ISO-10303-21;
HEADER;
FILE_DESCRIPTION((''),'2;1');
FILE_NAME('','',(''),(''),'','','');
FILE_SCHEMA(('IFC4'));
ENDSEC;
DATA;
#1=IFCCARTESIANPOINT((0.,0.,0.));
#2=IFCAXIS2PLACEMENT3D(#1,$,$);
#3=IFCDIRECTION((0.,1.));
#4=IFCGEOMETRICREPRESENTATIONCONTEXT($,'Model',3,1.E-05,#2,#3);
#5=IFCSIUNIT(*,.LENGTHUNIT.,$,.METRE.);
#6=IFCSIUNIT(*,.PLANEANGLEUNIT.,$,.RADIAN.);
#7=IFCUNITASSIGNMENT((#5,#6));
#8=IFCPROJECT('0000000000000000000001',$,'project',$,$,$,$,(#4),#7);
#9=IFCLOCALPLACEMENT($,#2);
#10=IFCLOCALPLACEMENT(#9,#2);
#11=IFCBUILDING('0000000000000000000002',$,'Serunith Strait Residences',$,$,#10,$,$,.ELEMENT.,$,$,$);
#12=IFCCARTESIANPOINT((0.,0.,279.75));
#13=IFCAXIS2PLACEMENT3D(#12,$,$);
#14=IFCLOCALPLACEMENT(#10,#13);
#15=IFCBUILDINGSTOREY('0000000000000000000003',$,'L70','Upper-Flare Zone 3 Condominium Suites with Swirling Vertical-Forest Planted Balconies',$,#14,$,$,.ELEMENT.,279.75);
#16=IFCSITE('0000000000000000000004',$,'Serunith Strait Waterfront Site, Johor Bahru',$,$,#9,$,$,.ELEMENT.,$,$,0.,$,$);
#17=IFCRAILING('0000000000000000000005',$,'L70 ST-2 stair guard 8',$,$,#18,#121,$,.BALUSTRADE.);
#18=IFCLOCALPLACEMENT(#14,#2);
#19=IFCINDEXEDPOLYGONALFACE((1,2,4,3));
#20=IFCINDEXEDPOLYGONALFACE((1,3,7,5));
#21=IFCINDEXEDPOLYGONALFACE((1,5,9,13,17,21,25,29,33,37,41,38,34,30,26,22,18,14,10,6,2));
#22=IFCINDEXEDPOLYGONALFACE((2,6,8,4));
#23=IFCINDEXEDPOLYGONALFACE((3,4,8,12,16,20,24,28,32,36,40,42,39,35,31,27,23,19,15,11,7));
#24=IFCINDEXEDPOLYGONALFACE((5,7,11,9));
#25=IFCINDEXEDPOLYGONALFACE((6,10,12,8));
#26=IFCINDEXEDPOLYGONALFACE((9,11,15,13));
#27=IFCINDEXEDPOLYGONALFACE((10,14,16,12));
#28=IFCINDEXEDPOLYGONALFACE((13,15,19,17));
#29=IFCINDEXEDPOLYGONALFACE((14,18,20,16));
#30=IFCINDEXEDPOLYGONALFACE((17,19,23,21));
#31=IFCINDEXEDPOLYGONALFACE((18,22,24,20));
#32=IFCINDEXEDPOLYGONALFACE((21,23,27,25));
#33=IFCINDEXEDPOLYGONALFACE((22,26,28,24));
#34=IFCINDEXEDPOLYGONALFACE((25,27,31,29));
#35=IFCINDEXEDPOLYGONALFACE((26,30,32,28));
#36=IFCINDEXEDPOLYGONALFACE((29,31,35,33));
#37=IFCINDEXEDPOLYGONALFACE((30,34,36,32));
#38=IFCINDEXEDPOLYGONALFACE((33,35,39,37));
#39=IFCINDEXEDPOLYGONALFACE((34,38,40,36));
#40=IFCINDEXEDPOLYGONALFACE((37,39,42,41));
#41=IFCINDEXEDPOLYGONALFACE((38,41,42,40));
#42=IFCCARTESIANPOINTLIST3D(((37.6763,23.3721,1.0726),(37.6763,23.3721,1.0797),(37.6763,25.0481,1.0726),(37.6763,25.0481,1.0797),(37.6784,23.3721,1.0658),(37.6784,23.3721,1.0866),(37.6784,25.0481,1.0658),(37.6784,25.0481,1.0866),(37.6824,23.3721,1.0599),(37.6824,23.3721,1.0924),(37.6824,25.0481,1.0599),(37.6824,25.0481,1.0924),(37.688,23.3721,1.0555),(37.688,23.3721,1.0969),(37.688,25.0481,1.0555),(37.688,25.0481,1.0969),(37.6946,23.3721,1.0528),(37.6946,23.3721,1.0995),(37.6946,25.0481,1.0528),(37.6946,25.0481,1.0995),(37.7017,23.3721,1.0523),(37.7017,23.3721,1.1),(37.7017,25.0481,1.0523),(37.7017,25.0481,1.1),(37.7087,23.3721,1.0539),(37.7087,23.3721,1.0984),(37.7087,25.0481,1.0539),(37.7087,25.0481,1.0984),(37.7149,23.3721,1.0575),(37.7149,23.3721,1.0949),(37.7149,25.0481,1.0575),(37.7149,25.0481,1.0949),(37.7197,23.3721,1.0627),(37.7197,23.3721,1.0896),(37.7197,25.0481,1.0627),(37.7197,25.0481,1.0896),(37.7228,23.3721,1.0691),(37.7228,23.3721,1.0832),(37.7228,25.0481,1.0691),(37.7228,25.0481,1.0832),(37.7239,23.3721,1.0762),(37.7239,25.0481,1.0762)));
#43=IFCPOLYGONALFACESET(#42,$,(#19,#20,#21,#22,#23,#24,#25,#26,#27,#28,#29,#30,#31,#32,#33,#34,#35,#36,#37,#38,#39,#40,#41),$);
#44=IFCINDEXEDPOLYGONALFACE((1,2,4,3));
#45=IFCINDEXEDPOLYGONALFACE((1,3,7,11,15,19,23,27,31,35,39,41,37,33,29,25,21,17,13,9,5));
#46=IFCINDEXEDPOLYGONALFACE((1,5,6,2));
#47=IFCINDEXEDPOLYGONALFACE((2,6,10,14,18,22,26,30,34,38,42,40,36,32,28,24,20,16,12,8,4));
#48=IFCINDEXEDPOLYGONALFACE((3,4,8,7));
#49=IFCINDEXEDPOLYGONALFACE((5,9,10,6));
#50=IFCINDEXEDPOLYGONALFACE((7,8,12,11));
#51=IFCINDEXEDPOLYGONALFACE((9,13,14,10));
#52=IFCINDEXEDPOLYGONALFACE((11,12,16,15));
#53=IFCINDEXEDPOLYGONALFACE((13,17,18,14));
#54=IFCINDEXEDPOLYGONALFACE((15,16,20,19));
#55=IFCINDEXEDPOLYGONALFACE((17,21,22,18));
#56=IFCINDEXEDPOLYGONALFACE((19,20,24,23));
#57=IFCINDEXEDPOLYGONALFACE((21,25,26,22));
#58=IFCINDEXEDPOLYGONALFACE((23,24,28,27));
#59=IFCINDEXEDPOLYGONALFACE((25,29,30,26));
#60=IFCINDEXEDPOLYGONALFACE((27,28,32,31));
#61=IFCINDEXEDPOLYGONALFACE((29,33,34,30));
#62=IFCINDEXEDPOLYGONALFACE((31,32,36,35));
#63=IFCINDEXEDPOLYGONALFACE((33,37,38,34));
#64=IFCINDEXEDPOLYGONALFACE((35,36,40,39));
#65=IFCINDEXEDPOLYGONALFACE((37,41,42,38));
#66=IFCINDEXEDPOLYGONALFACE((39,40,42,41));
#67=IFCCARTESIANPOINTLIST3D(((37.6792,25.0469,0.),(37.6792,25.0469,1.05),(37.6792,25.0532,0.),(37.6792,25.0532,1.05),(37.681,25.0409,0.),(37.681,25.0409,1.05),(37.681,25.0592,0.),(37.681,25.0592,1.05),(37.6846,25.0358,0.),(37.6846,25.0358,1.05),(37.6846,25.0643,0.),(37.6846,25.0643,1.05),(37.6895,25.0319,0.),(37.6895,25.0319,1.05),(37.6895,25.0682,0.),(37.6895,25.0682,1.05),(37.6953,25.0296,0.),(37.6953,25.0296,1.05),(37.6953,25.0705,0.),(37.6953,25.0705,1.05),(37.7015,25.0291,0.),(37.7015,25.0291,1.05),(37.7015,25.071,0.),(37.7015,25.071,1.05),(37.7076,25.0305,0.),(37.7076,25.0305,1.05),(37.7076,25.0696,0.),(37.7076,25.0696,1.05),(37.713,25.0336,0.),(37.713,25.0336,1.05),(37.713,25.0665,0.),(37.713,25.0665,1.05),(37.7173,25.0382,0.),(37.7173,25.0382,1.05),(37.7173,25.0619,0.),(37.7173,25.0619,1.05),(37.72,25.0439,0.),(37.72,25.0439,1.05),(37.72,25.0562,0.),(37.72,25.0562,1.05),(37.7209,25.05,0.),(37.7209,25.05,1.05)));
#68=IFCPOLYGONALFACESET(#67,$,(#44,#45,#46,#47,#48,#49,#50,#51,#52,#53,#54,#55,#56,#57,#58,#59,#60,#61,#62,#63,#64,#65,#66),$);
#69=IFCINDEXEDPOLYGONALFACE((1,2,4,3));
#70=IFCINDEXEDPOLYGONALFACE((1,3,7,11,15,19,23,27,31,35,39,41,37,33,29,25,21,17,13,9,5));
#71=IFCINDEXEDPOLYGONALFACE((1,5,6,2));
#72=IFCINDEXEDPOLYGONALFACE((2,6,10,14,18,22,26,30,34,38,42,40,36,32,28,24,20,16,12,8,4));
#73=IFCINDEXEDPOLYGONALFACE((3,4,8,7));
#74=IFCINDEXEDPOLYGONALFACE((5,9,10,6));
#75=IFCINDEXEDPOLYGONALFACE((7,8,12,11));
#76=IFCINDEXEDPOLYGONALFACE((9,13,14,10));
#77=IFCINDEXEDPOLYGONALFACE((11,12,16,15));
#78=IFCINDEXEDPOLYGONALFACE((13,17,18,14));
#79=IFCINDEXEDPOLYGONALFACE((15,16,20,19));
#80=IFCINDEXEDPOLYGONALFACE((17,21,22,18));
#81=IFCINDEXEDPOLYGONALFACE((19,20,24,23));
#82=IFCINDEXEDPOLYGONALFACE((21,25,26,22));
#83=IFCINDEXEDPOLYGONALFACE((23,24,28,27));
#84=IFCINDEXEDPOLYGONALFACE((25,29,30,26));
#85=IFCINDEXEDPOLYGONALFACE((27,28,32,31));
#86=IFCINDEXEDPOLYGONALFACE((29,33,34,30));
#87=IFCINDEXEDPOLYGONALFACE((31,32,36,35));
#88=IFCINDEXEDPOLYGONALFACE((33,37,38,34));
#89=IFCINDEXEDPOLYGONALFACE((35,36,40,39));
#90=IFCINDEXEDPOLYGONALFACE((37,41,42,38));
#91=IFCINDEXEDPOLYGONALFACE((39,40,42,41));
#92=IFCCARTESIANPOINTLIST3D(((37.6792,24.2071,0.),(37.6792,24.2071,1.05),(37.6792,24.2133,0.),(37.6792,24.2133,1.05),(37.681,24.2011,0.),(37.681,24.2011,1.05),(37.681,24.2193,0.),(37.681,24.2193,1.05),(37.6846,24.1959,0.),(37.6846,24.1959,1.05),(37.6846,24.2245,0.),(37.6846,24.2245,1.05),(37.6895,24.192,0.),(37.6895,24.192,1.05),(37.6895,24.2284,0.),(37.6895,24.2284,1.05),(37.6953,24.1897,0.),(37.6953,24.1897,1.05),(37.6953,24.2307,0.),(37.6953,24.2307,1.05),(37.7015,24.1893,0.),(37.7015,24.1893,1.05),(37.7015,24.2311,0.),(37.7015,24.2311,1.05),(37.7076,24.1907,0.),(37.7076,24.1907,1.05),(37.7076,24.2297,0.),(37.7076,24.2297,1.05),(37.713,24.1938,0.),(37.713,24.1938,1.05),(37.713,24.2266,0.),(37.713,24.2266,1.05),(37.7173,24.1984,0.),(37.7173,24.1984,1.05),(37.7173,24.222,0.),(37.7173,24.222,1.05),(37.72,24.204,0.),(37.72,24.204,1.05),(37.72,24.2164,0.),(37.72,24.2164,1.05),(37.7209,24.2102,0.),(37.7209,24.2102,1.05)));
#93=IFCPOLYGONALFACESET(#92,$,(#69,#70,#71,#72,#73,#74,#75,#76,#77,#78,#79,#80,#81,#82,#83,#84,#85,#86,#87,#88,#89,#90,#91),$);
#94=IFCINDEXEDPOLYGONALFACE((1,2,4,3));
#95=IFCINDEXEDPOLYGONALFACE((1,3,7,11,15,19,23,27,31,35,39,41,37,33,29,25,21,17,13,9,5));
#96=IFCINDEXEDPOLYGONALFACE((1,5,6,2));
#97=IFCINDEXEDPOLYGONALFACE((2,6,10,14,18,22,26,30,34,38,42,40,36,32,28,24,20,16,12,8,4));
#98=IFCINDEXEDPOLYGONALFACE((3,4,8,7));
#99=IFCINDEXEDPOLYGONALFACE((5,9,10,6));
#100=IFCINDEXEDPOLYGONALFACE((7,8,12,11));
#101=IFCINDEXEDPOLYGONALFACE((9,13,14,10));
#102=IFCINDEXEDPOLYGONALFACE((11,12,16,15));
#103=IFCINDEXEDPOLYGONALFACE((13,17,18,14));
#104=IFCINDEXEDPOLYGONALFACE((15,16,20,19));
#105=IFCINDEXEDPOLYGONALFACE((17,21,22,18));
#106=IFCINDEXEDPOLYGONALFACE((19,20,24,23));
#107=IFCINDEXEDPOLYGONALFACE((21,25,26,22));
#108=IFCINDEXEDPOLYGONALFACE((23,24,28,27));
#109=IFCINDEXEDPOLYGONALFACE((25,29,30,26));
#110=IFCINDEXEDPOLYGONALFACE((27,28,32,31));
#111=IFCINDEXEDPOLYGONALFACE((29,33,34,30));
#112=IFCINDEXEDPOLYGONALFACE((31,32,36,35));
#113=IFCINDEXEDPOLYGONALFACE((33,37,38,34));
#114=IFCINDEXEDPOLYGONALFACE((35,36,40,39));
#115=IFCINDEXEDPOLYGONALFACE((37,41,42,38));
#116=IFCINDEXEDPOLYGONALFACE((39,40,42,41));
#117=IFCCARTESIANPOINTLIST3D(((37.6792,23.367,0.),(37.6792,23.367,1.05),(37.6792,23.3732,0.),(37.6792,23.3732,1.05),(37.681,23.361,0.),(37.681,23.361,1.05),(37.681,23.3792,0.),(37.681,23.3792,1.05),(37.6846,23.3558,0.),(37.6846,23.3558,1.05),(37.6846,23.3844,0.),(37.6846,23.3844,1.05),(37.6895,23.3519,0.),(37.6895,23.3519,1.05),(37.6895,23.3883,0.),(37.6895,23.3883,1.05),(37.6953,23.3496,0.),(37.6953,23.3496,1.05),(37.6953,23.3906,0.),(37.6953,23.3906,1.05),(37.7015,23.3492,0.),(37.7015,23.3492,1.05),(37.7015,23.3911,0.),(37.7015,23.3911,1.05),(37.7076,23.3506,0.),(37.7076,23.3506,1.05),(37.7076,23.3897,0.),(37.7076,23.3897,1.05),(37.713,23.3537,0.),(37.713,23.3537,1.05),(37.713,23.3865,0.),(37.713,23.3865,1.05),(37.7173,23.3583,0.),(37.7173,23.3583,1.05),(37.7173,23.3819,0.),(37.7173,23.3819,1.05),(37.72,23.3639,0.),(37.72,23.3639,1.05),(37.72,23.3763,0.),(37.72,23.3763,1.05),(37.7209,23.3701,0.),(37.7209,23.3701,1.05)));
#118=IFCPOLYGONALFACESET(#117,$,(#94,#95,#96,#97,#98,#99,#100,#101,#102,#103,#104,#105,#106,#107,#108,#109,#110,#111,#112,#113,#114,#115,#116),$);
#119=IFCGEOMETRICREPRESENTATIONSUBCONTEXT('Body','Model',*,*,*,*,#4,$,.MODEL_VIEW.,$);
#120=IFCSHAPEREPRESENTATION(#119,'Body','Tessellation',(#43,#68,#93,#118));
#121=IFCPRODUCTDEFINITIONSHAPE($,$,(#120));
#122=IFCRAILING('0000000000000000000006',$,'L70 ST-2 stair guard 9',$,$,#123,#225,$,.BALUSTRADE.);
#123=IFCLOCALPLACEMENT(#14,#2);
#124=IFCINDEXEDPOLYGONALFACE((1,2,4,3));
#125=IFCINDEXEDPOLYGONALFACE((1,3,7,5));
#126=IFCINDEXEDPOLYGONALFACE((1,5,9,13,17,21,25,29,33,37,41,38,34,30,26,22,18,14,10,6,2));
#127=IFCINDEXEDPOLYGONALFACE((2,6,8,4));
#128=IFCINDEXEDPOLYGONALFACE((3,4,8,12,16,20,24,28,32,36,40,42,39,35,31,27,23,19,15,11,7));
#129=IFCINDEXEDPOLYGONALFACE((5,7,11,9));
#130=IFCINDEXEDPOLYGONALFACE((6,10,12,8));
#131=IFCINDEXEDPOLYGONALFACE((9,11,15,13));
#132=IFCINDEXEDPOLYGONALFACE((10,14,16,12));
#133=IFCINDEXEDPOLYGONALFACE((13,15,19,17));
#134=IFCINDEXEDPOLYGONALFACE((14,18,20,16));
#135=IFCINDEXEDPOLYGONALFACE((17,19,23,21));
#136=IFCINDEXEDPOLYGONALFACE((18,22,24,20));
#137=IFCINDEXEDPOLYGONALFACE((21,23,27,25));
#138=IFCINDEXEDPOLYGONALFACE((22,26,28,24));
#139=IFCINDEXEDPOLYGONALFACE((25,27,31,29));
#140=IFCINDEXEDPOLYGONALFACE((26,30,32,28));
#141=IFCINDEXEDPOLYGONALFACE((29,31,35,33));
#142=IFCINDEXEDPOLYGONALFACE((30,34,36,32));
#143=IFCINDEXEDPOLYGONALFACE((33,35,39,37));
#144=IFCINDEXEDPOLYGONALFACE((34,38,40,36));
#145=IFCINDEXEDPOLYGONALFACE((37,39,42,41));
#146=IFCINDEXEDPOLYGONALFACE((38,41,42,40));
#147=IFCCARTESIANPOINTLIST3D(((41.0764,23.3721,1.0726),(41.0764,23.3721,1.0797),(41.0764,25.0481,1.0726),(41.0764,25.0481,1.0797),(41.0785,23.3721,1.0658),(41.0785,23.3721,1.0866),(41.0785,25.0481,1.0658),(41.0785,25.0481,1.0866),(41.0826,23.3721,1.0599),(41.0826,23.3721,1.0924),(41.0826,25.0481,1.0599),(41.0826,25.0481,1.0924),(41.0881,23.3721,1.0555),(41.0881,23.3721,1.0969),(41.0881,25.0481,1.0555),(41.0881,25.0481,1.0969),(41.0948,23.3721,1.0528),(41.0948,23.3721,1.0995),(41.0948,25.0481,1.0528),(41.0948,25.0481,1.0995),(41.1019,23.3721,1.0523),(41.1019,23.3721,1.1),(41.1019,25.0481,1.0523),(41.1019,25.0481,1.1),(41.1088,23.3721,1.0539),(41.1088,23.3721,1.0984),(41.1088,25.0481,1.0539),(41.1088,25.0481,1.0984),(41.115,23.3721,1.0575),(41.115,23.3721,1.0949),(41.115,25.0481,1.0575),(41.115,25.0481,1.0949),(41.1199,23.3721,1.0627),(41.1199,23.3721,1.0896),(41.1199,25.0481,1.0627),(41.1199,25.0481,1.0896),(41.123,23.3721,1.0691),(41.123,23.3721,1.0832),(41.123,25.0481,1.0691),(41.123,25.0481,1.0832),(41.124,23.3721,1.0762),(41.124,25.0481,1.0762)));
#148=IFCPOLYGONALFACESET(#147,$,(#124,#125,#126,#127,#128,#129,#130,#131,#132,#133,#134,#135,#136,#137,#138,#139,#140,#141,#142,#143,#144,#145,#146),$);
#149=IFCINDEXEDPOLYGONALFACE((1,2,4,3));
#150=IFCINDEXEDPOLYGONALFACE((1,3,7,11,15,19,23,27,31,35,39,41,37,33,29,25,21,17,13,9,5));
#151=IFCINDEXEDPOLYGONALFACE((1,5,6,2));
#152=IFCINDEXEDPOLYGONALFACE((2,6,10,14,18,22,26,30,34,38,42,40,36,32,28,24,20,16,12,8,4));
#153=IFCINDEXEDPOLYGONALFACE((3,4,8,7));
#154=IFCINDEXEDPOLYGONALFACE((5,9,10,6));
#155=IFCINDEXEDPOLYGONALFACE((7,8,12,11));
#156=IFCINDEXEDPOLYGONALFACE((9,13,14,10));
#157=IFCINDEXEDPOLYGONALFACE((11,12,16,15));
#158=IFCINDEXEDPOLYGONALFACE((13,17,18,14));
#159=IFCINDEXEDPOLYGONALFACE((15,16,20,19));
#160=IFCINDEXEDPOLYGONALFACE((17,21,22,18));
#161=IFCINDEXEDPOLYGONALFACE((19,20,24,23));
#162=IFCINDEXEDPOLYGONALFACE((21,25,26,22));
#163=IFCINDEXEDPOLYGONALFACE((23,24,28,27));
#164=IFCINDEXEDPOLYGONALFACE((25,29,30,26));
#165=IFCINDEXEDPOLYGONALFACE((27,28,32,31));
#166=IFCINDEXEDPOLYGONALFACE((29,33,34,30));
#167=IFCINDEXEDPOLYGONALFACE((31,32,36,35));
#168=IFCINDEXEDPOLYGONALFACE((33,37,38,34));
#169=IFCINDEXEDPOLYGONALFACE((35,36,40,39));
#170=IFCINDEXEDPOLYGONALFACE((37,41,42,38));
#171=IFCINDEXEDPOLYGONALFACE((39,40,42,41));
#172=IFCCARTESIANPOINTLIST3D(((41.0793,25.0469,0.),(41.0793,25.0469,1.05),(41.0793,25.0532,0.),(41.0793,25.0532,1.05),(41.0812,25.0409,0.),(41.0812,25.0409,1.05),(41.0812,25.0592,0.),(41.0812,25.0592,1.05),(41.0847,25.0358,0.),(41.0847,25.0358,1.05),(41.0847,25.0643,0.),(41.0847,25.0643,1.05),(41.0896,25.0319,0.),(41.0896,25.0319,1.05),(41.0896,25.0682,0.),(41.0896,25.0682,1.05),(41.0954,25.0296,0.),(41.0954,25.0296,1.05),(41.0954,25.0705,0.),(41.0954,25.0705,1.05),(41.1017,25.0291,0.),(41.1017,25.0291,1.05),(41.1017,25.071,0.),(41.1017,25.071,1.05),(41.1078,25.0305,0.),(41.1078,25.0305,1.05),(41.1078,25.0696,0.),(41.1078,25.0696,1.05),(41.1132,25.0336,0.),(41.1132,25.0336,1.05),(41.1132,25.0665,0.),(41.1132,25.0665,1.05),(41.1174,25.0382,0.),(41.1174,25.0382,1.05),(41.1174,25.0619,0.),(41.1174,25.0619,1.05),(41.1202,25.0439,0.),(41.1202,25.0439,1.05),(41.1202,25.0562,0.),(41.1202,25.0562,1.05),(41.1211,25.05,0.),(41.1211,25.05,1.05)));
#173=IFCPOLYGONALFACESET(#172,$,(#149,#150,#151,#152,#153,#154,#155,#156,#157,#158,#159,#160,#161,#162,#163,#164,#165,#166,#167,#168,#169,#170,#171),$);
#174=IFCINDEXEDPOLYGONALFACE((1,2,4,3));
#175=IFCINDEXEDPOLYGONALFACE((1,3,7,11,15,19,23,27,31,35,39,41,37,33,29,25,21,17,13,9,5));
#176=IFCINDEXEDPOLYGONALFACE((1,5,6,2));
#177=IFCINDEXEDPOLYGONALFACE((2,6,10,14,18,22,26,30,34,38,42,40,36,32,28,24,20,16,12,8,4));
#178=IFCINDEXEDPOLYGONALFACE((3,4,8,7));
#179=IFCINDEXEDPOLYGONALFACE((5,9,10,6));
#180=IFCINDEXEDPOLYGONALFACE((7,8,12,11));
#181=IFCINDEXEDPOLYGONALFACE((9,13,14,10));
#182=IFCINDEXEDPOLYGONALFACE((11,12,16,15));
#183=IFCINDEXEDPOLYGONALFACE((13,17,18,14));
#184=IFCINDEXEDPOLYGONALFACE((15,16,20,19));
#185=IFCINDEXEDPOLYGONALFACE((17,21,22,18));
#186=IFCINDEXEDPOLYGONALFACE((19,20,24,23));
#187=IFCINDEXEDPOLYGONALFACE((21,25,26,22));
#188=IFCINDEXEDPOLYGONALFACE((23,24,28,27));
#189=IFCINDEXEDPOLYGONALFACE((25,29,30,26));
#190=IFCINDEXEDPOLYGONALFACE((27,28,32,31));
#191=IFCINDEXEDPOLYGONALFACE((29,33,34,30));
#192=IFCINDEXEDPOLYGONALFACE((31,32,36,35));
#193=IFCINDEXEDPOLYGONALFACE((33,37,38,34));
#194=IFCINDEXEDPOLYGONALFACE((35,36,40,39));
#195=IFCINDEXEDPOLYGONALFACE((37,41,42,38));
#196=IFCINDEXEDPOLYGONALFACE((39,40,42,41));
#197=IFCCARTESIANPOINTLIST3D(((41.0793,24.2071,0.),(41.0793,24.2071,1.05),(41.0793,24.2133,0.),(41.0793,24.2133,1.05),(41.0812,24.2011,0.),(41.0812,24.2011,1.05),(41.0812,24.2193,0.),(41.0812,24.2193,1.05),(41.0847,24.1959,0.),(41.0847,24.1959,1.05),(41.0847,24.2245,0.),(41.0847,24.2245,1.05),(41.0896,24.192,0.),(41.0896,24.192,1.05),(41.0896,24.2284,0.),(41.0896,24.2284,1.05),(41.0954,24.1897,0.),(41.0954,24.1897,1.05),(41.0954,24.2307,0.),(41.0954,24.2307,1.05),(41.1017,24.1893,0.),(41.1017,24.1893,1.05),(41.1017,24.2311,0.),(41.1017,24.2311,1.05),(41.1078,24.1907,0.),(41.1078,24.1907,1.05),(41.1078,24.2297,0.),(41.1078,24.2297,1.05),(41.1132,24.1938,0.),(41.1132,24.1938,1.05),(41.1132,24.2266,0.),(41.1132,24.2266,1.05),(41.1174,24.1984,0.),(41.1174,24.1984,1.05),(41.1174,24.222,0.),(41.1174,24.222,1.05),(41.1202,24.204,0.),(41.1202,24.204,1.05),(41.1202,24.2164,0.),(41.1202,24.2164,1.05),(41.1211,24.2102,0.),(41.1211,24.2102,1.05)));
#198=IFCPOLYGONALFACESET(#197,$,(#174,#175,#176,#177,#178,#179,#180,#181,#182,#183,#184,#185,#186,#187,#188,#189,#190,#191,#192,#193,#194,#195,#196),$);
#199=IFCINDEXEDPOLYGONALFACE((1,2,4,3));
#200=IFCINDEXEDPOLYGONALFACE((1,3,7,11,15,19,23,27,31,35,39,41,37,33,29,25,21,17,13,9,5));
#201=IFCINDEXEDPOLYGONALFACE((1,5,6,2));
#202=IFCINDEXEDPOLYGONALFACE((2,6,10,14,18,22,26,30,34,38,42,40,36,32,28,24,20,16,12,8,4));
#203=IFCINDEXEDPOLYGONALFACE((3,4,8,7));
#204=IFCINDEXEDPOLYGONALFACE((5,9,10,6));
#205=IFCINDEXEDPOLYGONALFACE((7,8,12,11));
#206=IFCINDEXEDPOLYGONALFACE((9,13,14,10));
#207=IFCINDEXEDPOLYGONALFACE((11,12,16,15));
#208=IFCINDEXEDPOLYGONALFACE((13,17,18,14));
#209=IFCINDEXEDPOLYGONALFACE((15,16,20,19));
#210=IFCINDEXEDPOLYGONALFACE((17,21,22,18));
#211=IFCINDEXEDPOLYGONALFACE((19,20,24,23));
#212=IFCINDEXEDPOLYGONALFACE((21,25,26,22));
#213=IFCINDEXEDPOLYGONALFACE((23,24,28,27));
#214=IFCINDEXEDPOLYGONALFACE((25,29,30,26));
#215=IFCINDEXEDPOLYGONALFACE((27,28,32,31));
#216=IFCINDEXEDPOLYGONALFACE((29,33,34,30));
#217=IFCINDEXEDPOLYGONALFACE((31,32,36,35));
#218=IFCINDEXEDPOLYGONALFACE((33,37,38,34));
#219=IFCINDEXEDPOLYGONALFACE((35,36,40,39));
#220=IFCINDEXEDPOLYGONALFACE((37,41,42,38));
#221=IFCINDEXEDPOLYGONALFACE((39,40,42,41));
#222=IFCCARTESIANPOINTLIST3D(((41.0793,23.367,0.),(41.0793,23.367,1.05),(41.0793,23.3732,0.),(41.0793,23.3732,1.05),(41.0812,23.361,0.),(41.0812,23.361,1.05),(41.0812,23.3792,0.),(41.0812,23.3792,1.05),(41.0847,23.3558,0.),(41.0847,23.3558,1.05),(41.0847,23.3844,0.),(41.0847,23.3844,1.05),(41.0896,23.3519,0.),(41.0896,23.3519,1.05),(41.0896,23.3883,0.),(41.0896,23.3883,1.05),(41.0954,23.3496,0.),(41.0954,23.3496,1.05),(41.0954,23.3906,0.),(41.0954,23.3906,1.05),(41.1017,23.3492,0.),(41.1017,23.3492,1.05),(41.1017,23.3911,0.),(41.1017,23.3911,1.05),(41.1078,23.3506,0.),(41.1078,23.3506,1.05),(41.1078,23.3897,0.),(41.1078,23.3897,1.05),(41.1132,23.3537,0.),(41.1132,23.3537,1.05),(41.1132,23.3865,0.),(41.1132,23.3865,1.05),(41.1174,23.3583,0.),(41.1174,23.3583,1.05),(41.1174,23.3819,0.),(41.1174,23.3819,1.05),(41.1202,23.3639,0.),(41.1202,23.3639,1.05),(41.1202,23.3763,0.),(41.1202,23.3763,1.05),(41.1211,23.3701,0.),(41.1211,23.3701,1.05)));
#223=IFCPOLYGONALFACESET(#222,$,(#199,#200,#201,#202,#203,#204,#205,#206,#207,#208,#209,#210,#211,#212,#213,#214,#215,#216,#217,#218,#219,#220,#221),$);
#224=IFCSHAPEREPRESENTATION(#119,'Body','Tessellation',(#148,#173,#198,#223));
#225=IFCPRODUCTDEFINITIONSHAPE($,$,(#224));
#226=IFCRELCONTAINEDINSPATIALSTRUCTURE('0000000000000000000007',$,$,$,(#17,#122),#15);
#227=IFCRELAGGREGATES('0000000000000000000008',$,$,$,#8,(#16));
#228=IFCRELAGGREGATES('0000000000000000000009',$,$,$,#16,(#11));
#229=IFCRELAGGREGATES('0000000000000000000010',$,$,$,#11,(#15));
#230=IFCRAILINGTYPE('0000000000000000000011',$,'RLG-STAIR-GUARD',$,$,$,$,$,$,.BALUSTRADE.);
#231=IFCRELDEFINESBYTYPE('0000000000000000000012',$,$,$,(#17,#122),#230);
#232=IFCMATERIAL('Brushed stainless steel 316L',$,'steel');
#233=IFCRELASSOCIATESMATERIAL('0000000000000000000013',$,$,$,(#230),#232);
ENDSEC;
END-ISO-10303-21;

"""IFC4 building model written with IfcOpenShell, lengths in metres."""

from ifc_helpers import new_model, si_unit, direction, frame, origin, origin_2d, place, context, subcontext, project, spatial, circle, extrude, material, type_object, element, save


model = new_model("IFC4")

# Units and contexts
model_context = context("Model", 3, precision=1e-05, world=origin(), true_north=direction((0.0, 1.0)))
body_context = subcontext(model_context, "Body", "Model", "MODEL_VIEW")
ifc_project = project(units=[si_unit("LENGTHUNIT", "METRE"), si_unit("PLANEANGLEUNIT", "RADIAN")], contexts=[model_context])

# Site, building, storey
site_placement = place(None, origin())
site = spatial("IfcSite", under=ifc_project, at=site_placement, Name="Serunith Strait Waterfront Site, Johor Bahru", CompositionType="ELEMENT", RefElevation=0.0)
building_placement = place(site_placement, origin())
building = spatial("IfcBuilding", under=site, at=building_placement, Name="Serunith Strait Residences", CompositionType="ELEMENT")
storey_placement = place(building_placement, frame((0.0, 0.0, 279.75)))
storey = spatial("IfcBuildingStorey", under=building, at=storey_placement, Name="L70", Description="Upper-Flare Zone 3 Condominium Suites with Swirling Vertical-Forest Planted Balconies", CompositionType="ELEMENT", Elevation=279.75)

# Railings
ifc_material_1 = material(Name="Brushed stainless steel 316L", Category="steel")
railing_type = type_object("IfcRailingType", Name="RLG-STAIR-GUARD", PredefinedType="BALUSTRADE", material=ifc_material_1)
for number, where, name in (
    (1, (37.7, 25.05, 0.0), "L70 ST-2 stair guard 8"),
    (2, (41.1001, 25.05, 0.0), "L70 ST-2 stair guard 9"),
):
    element("IfcRailing", number, at=place(storey_placement, frame(where)), inside=storey, type_object=railing_type, Name=name, PredefinedType="BALUSTRADE", context=body_context, shape_type="SweptSolid", body=[
        extrude(circle(Radius=0.0239, at=origin_2d()), frame((0.0, -0.002, 1.0762), z_axis=(0.0, -1.0, 0.0), x_axis=(1.0, 0.0, 0.0)), (0.0, 0.0, 1.0), 1.676),
        extrude(circle(Radius=0.021, at=origin_2d()), origin(), (0.0, 0.0, 1.0), 1.05),
        extrude(circle(Radius=0.021, at=origin_2d()), frame((0.0, -0.8398, 0.0)), (0.0, 0.0, 1.0), 1.05),
        extrude(circle(Radius=0.021, at=origin_2d()), frame((0.0, -1.6799, 0.0)), (0.0, 0.0, 1.0), 1.05),
    ])

save(model, "model.ifc")
